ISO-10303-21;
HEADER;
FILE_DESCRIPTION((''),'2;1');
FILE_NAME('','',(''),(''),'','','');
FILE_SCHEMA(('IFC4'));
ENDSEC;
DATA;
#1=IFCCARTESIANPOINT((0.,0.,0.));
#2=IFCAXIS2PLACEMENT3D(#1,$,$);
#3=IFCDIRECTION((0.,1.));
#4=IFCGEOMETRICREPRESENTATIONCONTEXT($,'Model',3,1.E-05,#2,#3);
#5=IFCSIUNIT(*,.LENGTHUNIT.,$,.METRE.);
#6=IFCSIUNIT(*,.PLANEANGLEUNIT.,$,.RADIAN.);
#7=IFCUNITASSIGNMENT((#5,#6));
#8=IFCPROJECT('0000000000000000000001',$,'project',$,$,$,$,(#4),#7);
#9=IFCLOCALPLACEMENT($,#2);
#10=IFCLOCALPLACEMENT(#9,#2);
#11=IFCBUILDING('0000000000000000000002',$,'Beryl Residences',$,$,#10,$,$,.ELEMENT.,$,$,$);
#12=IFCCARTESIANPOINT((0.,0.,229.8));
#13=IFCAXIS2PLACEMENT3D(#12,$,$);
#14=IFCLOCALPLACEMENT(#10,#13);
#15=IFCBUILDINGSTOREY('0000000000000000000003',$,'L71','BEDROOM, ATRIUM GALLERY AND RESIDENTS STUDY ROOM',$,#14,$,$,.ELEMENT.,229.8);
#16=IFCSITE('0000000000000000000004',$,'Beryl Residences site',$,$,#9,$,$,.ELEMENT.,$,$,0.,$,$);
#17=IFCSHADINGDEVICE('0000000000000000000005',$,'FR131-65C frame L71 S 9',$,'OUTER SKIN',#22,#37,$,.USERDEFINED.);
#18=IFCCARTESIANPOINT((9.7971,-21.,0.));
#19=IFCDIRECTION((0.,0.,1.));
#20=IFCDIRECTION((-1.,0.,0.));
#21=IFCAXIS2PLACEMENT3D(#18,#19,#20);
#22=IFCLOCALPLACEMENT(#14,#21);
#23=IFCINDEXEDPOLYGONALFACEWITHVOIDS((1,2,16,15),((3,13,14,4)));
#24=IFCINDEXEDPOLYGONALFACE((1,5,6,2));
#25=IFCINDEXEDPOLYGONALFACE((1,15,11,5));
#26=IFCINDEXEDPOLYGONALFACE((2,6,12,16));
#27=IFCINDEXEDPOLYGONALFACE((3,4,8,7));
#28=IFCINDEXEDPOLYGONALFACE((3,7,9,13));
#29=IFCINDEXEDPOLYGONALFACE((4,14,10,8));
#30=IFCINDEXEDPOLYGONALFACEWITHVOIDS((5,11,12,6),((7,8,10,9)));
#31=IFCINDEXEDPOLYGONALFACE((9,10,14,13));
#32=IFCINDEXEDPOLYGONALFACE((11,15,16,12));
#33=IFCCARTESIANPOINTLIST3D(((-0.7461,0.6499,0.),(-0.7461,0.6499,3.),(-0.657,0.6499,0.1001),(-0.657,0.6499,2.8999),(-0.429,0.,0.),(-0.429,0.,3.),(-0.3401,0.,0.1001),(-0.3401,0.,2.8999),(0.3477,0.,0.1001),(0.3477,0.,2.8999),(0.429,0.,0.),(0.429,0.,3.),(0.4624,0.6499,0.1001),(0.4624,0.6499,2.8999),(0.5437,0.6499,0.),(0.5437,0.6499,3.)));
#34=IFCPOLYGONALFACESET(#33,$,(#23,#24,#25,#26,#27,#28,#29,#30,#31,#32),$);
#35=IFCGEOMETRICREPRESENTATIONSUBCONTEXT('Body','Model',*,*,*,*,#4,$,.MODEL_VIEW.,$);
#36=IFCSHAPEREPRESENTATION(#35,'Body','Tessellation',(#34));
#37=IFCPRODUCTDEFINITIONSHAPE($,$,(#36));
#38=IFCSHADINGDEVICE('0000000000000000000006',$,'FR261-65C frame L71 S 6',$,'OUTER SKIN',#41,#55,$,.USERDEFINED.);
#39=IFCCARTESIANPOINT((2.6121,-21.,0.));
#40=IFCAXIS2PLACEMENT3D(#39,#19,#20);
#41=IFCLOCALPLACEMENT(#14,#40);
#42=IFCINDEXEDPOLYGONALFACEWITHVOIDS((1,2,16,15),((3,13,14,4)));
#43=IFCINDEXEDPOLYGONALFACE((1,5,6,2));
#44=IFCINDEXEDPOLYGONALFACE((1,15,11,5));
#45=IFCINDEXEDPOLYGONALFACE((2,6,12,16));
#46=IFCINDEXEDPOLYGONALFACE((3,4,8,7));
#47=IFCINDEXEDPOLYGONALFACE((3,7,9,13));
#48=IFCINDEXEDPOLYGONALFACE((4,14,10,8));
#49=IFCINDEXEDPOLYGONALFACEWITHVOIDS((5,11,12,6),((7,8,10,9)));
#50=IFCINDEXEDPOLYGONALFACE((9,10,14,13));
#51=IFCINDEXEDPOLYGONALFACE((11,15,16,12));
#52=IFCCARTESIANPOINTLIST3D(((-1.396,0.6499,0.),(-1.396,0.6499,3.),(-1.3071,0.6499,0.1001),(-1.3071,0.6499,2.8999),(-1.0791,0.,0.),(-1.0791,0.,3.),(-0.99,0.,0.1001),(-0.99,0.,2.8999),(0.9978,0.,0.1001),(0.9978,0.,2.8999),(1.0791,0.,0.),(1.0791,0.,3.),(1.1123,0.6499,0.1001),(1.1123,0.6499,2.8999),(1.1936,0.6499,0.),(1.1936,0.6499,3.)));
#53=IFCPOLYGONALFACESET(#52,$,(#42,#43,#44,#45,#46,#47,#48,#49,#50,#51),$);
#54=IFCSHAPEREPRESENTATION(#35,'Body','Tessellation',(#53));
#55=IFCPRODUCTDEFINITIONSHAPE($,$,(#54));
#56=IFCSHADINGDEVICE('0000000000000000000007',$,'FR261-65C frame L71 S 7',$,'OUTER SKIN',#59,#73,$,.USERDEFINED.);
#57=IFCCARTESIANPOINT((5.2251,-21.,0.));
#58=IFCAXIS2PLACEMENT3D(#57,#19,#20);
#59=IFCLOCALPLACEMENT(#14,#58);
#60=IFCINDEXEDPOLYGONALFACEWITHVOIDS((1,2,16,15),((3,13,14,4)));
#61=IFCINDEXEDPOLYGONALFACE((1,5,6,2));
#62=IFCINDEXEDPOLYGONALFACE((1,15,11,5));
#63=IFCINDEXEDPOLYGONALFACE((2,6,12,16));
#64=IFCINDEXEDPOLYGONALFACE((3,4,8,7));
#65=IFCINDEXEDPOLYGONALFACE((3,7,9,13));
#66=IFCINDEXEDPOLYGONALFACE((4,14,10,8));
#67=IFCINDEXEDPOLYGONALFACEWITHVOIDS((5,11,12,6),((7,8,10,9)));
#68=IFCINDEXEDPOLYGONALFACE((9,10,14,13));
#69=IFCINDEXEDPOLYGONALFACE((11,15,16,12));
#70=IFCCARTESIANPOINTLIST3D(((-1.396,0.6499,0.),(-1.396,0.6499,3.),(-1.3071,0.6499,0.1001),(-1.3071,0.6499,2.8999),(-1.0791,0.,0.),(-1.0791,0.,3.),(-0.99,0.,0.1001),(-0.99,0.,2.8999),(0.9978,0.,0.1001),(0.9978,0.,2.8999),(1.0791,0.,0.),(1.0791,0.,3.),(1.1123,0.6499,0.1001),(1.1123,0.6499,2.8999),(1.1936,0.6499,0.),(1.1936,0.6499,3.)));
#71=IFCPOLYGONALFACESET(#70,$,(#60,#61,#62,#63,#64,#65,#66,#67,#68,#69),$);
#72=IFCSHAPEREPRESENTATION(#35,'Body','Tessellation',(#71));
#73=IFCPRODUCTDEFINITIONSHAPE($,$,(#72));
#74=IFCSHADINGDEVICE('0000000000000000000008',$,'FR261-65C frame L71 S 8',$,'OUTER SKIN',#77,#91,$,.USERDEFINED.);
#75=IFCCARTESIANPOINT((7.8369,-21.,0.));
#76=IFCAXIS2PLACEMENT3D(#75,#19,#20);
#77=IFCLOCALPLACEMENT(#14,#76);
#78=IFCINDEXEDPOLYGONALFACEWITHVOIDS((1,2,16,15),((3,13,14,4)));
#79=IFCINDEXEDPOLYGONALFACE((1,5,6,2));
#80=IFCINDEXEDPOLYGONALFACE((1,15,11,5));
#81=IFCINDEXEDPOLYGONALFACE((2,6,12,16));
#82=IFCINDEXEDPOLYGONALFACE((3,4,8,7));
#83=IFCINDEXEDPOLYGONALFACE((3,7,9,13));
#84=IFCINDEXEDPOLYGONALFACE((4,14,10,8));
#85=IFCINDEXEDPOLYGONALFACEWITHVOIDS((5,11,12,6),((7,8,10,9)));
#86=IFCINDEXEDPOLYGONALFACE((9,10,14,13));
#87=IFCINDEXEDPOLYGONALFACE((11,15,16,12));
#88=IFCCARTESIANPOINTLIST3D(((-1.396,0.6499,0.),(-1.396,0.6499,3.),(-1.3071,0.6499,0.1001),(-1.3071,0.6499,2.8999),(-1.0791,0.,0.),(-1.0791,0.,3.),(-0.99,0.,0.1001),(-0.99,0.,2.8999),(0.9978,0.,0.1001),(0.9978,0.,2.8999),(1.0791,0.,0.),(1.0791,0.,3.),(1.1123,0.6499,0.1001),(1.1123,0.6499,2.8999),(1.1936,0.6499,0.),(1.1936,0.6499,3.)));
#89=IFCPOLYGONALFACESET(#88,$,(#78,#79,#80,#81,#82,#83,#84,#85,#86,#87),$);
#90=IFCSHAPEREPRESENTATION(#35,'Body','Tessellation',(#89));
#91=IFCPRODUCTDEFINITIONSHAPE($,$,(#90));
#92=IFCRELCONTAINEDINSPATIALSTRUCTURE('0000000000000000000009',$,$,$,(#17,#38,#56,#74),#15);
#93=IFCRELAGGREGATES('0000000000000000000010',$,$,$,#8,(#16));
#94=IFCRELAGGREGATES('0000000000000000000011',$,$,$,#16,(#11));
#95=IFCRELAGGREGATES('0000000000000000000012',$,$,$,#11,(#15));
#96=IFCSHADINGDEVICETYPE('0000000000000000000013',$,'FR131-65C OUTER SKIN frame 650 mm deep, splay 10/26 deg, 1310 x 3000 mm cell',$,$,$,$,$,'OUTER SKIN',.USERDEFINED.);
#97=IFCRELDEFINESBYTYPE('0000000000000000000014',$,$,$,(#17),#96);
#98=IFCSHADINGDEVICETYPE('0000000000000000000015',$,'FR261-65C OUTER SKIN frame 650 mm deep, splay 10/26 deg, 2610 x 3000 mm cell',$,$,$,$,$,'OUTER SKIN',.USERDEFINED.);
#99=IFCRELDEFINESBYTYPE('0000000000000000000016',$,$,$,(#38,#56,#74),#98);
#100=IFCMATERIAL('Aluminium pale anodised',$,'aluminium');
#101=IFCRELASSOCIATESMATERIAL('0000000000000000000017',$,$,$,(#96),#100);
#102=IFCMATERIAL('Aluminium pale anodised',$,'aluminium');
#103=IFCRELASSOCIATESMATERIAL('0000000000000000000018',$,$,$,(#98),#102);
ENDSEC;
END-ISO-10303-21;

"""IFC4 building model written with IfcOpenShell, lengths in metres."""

from ifc_helpers import new_model, entity, si_unit, direction, frame, origin, place, context, subcontext, project, spatial, source, transform, mapped, material, type_object, type_shapes, element, save


model = new_model("IFC4")

# Units and contexts
model_context = context("Model", 3, precision=1e-05, world=origin(), true_north=direction((0.0, 1.0)))
body_context = subcontext(model_context, "Body", "Model", "MODEL_VIEW")
ifc_project = project(units=[si_unit("LENGTHUNIT", "METRE"), si_unit("PLANEANGLEUNIT", "RADIAN")], contexts=[model_context])

# Site, building, storey
site_placement = place(None, origin())
site = spatial("IfcSite", under=ifc_project, at=site_placement, Name="Beryl Residences site", CompositionType="ELEMENT", RefElevation=0.0)
building_placement = place(site_placement, origin())
building = spatial("IfcBuilding", under=site, at=building_placement, Name="Beryl Residences", CompositionType="ELEMENT")
storey_placement = place(building_placement, frame((0.0, 0.0, 229.8)))
storey = spatial("IfcBuildingStorey", under=building, at=storey_placement, Name="L71", Description="BEDROOM, ATRIUM GALLERY AND RESIDENTS STUDY ROOM", CompositionType="ELEMENT", Elevation=229.8)

# Shading devices
ifc_material_1 = material(Name="Aluminium pale anodised", Category="aluminium")
shading_device_type_1 = type_object("IfcShadingDeviceType", Name="FR131-65C OUTER SKIN frame 650 mm deep, splay 10/26 deg, 1310 x 3000 mm cell", ElementType="OUTER SKIN", PredefinedType="USERDEFINED", material=ifc_material_1)
cartesian_point_1 = entity("IfcCartesianPoint", [-0.429, 0.0])
cartesian_point_2 = entity("IfcCartesianPoint", [-0.3477, 0.1001])
cartesian_point_3 = entity("IfcCartesianPoint", [-0.5437, 0.0])
cartesian_point_4 = entity("IfcCartesianPoint", [-0.4624, 0.1001])
shared_shape_1 = source(origin(), body_context, "Body", "SweptSolid", [
    entity("IfcExtrudedAreaSolidTapered", entity("IfcArbitraryProfileDefWithVoids", "AREA", None, entity("IfcPolyline", [cartesian_point_1, entity("IfcCartesianPoint", [0.429, 0.0]), entity("IfcCartesianPoint", [0.429, 3.0]), entity("IfcCartesianPoint", [-0.429, 3.0]), cartesian_point_1]), [entity("IfcPolyline", [cartesian_point_2, entity("IfcCartesianPoint", [0.3401, 0.1001]), entity("IfcCartesianPoint", [0.3401, 2.8999]), entity("IfcCartesianPoint", [-0.3477, 2.8999]), cartesian_point_2])]), entity("IfcAxis2Placement3D", entity("IfcCartesianPoint", [0.0, 0.0, 0.0]), entity("IfcDirection", [0.0, 1.0, 0.0]), entity("IfcDirection", [-1.0, 0.0, 0.0])), entity("IfcDirection", [0.0, 0.0, 1.0]), 0.6499, entity("IfcArbitraryProfileDefWithVoids", "AREA", None, entity("IfcPolyline", [cartesian_point_3, entity("IfcCartesianPoint", [0.7461, 0.0]), entity("IfcCartesianPoint", [0.7461, 3.0]), entity("IfcCartesianPoint", [-0.5437, 3.0]), cartesian_point_3]), [entity("IfcPolyline", [cartesian_point_4, entity("IfcCartesianPoint", [0.657, 0.1001]), entity("IfcCartesianPoint", [0.657, 2.8999]), entity("IfcCartesianPoint", [-0.4624, 2.8999]), cartesian_point_4])])),
])
type_shapes(shading_device_type_1, [shared_shape_1])
shading_device_placement = place(storey_placement, frame((9.7971, -21.0, 0.0), z_axis=(0.0, 0.0, 1.0), x_axis=(-1.0, 0.0, 0.0)))
element("IfcShadingDevice", 1, at=shading_device_placement, inside=storey, type_object=shading_device_type_1, Name="FR131-65C frame L71 S 9", ObjectType="OUTER SKIN", PredefinedType="USERDEFINED", context=body_context, shape_type="MappedRepresentation", body=[
    mapped(shared_shape_1, transform((0.0, 0.0, 0.0))),
])
ifc_material_2 = material(Name="Aluminium pale anodised", Category="aluminium")
shading_device_type_2 = type_object("IfcShadingDeviceType", Name="FR261-65C OUTER SKIN frame 650 mm deep, splay 10/26 deg, 2610 x 3000 mm cell", ElementType="OUTER SKIN", PredefinedType="USERDEFINED", material=ifc_material_2)
cartesian_point_5 = entity("IfcCartesianPoint", [-1.0791, 0.0])
cartesian_point_6 = entity("IfcCartesianPoint", [-0.9978, 0.1001])
cartesian_point_7 = entity("IfcCartesianPoint", [-1.1936, 0.0])
cartesian_point_8 = entity("IfcCartesianPoint", [-1.1123, 0.1001])
shared_shape_2 = source(origin(), body_context, "Body", "SweptSolid", [
    entity("IfcExtrudedAreaSolidTapered", entity("IfcArbitraryProfileDefWithVoids", "AREA", None, entity("IfcPolyline", [cartesian_point_5, entity("IfcCartesianPoint", [1.0791, 0.0]), entity("IfcCartesianPoint", [1.0791, 3.0]), entity("IfcCartesianPoint", [-1.0791, 3.0]), cartesian_point_5]), [entity("IfcPolyline", [cartesian_point_6, entity("IfcCartesianPoint", [0.99, 0.1001]), entity("IfcCartesianPoint", [0.99, 2.8999]), entity("IfcCartesianPoint", [-0.9978, 2.8999]), cartesian_point_6])]), entity("IfcAxis2Placement3D", entity("IfcCartesianPoint", [0.0, 0.0, 0.0]), entity("IfcDirection", [0.0, 1.0, 0.0]), entity("IfcDirection", [-1.0, 0.0, 0.0])), entity("IfcDirection", [0.0, 0.0, 1.0]), 0.6499, entity("IfcArbitraryProfileDefWithVoids", "AREA", None, entity("IfcPolyline", [cartesian_point_7, entity("IfcCartesianPoint", [1.396, 0.0]), entity("IfcCartesianPoint", [1.396, 3.0]), entity("IfcCartesianPoint", [-1.1936, 3.0]), cartesian_point_7]), [entity("IfcPolyline", [cartesian_point_8, entity("IfcCartesianPoint", [1.3071, 0.1001]), entity("IfcCartesianPoint", [1.3071, 2.8999]), entity("IfcCartesianPoint", [-1.1123, 2.8999]), cartesian_point_8])])),
])
type_shapes(shading_device_type_2, [shared_shape_2])
for number, where, z_axis, x_axis, name in (
    (2, (2.6121, -21.0, 0.0), (0.0, 0.0, 1.0), (-1.0, 0.0, 0.0), "FR261-65C frame L71 S 6"),
    (3, (5.2251, -21.0, 0.0), (0.0, 0.0, 1.0), (-1.0, 0.0, 0.0), "FR261-65C frame L71 S 7"),
    (4, (7.8369, -21.0, 0.0), (0.0, 0.0, 1.0), (-1.0, 0.0, 0.0), "FR261-65C frame L71 S 8"),
):
    element("IfcShadingDevice", number, at=place(storey_placement, frame(where, z_axis=z_axis, x_axis=x_axis)), inside=storey, type_object=shading_device_type_2, Name=name, ObjectType="OUTER SKIN", PredefinedType="USERDEFINED", context=body_context, shape_type="MappedRepresentation", body=[
        mapped(shared_shape_2, transform((0.0, 0.0, 0.0))),
    ])

save(model, "model.ifc")
